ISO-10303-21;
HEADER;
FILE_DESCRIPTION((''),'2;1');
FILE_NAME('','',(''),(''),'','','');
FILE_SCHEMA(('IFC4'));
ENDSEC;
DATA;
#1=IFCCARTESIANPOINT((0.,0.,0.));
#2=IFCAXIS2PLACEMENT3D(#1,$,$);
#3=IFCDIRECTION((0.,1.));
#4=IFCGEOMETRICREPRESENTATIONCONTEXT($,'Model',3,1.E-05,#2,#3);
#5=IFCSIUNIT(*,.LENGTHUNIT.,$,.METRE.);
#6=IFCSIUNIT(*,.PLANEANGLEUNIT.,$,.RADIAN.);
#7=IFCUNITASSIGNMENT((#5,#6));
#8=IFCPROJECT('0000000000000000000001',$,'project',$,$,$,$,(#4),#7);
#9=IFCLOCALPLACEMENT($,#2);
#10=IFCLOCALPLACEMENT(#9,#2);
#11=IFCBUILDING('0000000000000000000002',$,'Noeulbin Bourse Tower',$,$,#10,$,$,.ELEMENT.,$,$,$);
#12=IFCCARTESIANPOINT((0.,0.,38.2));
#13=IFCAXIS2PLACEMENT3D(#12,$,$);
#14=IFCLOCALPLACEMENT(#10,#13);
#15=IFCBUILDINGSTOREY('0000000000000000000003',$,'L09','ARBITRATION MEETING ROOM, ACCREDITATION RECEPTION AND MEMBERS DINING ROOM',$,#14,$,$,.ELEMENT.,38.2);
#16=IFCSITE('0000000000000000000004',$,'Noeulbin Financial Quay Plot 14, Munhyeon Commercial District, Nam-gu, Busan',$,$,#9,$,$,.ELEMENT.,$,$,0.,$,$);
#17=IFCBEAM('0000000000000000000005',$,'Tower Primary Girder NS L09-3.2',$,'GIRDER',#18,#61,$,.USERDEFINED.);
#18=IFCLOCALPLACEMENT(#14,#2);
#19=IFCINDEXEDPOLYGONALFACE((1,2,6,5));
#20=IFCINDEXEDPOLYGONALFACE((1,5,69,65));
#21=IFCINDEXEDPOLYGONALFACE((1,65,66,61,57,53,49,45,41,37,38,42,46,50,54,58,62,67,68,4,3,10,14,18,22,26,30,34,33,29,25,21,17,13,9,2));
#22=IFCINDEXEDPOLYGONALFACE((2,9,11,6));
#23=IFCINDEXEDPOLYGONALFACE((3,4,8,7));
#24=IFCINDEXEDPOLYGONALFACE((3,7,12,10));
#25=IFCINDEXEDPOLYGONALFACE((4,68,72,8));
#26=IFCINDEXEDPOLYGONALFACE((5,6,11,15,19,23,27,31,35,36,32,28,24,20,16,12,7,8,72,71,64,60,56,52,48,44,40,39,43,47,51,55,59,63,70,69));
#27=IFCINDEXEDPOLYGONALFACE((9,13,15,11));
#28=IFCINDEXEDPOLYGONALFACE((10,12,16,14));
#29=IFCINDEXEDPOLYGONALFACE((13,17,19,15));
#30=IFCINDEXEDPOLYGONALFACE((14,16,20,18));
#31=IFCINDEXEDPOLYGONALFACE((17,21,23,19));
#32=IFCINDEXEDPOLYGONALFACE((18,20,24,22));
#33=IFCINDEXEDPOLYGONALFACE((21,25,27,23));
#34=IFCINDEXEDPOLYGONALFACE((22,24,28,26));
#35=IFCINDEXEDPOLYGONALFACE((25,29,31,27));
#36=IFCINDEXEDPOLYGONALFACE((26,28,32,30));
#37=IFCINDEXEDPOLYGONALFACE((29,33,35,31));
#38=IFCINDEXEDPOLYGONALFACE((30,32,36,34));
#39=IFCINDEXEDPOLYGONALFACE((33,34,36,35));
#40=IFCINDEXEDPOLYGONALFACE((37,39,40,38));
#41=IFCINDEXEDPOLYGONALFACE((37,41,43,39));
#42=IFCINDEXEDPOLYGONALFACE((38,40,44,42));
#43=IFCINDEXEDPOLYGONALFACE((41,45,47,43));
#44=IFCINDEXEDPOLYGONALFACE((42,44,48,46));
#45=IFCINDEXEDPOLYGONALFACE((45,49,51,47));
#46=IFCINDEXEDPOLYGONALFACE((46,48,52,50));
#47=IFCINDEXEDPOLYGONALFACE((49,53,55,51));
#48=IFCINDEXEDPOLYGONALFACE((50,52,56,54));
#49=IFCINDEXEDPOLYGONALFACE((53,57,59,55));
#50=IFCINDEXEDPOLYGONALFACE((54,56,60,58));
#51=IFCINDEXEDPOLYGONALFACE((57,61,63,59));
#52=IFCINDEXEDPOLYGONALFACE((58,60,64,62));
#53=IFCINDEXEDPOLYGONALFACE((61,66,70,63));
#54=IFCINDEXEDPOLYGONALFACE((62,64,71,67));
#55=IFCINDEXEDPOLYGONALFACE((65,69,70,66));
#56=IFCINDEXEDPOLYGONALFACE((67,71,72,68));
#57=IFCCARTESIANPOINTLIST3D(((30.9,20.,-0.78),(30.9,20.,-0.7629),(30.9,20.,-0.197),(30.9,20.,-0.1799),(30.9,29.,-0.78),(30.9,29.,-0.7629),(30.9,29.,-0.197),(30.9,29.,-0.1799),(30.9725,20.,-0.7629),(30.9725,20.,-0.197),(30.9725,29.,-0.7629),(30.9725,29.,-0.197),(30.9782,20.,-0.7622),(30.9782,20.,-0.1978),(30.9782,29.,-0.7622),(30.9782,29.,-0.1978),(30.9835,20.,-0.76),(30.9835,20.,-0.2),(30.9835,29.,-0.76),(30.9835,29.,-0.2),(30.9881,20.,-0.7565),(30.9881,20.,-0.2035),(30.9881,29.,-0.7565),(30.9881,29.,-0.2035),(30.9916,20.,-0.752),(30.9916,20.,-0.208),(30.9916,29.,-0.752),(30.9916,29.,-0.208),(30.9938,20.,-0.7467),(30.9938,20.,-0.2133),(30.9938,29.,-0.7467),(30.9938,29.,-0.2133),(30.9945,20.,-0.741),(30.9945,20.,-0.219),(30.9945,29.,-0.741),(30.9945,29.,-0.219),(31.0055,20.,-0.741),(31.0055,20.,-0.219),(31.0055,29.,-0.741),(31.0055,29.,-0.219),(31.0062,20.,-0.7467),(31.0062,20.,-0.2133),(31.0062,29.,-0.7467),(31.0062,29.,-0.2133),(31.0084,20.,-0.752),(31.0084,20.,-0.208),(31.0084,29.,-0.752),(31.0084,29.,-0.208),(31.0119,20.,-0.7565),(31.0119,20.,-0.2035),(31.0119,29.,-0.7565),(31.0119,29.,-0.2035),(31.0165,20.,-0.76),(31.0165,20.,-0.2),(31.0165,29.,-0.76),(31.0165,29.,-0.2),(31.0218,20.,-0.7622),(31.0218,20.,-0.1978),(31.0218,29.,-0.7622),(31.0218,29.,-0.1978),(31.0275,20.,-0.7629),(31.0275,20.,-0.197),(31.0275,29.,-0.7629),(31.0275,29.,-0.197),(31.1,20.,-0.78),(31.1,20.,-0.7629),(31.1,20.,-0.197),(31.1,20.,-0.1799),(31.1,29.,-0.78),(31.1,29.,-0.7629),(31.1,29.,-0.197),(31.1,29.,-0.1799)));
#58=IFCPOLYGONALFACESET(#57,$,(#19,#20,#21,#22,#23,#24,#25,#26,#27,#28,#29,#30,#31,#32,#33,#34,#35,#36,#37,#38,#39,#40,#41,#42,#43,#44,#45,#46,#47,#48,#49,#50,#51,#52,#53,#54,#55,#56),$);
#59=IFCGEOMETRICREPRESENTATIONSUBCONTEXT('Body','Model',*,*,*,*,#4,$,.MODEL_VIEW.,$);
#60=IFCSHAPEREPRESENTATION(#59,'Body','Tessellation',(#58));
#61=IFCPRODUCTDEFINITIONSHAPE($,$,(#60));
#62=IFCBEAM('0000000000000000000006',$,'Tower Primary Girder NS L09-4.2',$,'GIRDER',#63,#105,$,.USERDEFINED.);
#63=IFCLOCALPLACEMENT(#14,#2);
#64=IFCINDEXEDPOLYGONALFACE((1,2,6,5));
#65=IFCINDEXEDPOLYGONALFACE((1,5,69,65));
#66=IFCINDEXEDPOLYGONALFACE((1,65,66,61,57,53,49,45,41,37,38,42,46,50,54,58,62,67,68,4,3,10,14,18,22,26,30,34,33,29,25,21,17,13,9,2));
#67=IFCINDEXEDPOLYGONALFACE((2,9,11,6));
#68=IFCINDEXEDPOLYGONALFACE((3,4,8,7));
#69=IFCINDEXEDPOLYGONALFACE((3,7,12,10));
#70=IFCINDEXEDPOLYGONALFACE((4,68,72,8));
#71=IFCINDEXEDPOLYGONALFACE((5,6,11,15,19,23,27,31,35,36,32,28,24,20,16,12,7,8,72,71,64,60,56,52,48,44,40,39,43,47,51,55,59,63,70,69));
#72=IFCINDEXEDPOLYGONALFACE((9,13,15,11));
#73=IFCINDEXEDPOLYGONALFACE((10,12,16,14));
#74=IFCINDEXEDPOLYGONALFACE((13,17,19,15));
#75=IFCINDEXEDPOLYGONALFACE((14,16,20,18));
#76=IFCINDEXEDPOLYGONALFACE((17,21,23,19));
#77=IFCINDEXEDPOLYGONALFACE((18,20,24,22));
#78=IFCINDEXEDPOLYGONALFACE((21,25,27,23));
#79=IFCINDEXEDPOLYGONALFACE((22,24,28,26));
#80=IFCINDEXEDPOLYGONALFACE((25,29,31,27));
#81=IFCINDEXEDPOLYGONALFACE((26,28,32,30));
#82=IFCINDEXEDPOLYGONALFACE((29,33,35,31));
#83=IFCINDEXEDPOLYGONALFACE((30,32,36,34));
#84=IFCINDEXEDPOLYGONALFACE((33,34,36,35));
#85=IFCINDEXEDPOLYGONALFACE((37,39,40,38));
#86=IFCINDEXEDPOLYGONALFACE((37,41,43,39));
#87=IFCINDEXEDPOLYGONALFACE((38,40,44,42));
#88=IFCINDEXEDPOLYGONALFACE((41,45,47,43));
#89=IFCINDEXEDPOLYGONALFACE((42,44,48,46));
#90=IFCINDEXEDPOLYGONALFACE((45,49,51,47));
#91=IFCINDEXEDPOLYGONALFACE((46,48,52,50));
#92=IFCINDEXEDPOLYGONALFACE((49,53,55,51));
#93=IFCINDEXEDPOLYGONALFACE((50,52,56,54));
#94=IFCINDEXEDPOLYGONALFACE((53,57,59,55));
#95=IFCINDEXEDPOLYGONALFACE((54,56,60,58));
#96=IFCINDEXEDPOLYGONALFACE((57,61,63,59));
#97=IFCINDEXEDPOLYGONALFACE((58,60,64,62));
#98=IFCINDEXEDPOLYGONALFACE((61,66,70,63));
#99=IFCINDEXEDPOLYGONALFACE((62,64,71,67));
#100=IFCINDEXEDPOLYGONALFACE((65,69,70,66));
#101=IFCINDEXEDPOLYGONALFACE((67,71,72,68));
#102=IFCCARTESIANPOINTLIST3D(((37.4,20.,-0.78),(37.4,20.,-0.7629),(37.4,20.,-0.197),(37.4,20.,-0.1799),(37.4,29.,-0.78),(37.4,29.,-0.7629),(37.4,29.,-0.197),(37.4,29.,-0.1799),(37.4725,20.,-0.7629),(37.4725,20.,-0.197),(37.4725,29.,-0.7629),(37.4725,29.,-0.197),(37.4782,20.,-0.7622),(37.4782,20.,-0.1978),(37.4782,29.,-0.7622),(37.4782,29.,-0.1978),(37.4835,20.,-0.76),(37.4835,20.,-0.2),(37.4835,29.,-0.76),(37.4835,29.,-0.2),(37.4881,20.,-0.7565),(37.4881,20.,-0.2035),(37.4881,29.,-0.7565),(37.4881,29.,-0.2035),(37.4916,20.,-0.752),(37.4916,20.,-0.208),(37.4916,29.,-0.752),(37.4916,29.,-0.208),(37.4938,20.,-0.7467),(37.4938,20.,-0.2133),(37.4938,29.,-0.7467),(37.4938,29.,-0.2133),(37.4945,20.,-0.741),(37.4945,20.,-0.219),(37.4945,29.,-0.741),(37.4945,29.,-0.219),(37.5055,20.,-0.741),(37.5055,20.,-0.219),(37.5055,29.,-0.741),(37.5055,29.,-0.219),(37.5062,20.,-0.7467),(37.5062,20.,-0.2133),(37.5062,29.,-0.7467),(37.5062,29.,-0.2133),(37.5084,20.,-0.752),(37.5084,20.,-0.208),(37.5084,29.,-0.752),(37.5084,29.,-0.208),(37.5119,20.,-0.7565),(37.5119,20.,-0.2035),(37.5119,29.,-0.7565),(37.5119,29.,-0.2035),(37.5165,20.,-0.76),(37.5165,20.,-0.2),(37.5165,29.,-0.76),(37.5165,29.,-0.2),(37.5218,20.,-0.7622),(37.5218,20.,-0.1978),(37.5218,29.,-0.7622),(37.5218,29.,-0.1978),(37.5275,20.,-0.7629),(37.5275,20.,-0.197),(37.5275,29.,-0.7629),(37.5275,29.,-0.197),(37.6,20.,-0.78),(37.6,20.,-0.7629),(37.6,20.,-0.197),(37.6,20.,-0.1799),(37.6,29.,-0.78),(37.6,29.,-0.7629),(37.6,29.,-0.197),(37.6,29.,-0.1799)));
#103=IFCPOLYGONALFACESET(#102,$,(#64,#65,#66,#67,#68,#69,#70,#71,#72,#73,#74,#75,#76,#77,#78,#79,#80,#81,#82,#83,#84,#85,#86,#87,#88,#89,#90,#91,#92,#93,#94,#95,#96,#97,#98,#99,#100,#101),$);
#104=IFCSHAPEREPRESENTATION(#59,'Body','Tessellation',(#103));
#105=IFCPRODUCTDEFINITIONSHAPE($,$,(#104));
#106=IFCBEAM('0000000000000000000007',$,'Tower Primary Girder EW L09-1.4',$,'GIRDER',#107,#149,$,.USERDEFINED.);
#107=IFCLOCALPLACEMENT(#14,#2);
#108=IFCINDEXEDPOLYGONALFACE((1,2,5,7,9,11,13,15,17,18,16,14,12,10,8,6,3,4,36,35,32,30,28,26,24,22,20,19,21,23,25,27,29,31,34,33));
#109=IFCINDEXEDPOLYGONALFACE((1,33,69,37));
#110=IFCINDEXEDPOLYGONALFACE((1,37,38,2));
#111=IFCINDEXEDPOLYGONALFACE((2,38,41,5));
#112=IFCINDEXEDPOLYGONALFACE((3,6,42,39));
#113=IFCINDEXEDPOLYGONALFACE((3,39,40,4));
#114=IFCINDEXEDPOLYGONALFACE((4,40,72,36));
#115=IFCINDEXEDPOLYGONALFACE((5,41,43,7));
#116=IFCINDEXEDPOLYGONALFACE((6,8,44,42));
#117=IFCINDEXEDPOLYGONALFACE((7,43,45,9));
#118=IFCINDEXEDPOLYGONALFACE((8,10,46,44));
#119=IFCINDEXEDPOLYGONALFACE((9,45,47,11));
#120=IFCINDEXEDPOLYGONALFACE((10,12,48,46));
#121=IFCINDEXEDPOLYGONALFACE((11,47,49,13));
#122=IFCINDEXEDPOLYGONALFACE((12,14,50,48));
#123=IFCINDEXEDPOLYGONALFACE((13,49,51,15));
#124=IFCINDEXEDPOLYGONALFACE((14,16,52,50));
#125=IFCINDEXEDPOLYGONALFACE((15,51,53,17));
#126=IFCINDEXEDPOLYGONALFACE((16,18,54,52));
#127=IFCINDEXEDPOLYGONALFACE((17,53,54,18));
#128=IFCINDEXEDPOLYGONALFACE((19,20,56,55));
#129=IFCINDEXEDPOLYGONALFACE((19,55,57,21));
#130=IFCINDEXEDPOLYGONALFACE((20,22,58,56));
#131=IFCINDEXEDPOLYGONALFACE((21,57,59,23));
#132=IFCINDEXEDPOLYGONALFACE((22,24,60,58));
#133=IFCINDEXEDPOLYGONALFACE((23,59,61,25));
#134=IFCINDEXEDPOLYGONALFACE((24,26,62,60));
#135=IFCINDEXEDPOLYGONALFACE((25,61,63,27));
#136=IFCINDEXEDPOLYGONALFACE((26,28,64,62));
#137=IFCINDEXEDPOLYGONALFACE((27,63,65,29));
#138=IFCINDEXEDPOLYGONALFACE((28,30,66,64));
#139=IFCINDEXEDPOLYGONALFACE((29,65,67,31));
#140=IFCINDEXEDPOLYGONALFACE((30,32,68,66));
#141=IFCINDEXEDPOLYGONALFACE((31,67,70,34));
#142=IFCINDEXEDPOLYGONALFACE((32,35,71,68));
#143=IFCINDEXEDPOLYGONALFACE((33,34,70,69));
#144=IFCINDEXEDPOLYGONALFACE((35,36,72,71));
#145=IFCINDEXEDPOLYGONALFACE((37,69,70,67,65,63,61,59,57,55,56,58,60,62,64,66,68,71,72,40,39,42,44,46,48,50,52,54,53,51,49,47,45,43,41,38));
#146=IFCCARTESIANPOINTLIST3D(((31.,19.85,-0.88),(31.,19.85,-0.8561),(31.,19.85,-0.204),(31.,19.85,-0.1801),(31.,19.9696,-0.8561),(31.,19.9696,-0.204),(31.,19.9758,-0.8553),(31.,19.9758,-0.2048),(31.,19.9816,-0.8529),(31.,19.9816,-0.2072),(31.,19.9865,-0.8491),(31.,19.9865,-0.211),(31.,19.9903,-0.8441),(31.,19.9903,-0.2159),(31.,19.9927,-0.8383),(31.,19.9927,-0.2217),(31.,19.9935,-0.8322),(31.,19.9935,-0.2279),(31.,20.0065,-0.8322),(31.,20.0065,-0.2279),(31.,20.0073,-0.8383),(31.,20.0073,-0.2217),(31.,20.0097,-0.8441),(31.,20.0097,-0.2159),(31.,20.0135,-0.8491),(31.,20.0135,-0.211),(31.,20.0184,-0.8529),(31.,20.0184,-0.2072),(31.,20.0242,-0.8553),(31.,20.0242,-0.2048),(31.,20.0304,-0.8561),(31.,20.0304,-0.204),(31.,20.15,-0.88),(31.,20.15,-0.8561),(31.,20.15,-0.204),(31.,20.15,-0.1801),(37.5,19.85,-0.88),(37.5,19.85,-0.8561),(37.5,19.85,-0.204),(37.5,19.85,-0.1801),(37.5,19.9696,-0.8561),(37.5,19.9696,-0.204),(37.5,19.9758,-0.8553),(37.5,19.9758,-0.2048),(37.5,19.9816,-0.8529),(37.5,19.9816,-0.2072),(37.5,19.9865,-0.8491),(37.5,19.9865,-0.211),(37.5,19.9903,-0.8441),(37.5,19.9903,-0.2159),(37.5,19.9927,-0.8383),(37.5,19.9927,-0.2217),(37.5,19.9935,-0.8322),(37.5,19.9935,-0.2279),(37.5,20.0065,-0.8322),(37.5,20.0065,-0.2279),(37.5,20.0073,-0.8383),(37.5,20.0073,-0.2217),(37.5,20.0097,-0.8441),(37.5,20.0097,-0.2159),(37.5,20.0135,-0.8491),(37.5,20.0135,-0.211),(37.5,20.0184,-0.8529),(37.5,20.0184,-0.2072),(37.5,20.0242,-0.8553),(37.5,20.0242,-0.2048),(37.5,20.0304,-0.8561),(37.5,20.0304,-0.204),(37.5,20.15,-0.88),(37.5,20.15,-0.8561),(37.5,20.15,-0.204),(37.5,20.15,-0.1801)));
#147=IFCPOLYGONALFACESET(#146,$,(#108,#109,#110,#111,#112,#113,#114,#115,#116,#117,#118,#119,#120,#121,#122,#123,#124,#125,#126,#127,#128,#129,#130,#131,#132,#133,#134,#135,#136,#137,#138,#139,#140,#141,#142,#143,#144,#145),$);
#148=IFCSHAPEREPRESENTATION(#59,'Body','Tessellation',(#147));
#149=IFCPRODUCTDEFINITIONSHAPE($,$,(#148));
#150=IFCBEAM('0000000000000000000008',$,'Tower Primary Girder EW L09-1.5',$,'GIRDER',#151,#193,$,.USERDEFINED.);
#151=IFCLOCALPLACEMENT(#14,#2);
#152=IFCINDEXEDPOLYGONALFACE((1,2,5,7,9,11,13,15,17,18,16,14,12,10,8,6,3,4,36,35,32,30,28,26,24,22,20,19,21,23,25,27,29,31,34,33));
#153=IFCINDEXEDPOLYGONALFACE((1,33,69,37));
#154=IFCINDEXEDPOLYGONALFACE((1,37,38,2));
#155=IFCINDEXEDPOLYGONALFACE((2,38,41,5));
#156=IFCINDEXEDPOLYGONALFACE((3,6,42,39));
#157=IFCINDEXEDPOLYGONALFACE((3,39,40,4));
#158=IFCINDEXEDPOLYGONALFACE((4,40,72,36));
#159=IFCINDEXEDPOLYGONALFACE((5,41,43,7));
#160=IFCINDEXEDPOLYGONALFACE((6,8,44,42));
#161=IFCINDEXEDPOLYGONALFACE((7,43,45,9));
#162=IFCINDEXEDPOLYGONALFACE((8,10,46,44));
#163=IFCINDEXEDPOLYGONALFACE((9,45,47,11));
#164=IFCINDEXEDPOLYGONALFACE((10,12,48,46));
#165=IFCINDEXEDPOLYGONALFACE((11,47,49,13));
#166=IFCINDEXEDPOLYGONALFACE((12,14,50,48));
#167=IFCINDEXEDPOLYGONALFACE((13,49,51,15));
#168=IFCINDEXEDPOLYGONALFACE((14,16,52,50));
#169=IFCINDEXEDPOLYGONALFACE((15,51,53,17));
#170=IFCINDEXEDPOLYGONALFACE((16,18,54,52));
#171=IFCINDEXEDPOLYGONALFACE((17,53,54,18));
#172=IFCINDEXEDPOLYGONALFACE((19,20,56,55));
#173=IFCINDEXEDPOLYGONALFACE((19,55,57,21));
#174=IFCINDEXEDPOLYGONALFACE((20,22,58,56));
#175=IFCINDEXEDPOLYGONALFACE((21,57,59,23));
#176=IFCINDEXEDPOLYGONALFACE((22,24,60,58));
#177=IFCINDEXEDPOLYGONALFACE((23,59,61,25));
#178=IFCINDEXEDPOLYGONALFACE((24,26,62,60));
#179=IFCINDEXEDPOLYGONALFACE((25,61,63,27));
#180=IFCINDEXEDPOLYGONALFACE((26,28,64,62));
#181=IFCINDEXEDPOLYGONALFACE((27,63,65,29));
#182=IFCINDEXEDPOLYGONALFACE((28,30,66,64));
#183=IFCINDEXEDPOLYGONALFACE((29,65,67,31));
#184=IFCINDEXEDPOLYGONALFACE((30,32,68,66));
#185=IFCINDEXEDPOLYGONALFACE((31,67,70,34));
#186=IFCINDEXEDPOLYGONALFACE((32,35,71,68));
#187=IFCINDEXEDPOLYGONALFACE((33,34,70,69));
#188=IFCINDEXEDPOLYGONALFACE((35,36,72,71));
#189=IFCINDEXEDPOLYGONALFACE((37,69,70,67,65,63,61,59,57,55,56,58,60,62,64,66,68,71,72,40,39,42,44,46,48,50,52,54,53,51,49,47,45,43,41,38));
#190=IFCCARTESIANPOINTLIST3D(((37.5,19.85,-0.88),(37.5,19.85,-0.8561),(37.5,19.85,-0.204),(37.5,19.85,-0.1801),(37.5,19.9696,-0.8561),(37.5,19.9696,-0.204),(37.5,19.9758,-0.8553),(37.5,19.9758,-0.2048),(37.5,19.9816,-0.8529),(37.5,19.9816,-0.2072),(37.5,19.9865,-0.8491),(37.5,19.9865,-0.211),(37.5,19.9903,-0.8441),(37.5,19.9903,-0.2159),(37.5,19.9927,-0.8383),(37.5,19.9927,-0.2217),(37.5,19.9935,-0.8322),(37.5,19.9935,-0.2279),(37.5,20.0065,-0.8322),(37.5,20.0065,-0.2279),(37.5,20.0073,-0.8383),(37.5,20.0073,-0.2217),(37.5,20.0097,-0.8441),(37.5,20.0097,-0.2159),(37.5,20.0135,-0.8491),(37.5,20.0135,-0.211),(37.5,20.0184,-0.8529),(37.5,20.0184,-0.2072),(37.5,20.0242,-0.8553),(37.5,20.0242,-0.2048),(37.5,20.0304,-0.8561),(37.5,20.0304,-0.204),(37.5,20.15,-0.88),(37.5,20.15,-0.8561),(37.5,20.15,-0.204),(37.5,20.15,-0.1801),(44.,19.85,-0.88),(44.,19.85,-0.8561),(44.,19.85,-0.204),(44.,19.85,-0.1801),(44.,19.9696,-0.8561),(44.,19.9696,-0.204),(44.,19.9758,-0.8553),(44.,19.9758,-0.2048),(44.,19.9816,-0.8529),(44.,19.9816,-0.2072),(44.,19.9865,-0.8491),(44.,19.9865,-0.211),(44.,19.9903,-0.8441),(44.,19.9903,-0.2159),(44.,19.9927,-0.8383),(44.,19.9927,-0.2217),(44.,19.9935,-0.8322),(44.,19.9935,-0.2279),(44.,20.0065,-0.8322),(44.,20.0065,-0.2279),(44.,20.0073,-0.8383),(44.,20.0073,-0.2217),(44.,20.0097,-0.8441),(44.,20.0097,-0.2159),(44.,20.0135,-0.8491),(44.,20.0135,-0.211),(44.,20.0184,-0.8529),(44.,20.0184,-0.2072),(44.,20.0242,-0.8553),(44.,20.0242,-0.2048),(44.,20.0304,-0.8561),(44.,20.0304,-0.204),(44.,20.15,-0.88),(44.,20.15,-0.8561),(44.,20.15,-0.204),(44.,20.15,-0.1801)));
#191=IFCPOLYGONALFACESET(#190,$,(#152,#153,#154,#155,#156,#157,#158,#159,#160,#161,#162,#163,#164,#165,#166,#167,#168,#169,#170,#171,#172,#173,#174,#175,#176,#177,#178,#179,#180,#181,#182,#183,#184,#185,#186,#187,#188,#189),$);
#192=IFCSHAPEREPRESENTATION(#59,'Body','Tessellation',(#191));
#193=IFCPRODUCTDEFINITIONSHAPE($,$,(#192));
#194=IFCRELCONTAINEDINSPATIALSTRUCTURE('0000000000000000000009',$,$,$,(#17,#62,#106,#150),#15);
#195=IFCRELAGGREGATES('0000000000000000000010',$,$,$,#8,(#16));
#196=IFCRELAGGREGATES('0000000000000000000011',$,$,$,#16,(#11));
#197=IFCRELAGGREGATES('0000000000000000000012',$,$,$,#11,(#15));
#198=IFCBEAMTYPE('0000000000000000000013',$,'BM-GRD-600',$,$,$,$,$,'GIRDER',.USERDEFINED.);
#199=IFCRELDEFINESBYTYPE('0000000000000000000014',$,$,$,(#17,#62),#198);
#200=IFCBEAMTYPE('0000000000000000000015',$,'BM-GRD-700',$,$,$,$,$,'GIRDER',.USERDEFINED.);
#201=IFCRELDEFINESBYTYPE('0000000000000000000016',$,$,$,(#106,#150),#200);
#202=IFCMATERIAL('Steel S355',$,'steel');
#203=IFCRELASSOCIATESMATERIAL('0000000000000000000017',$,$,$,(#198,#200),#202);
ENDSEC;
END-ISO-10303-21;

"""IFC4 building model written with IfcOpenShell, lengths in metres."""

from ifc_helpers import new_model, si_unit, direction, frame, origin, origin_2d, place, context, subcontext, project, spatial, i_section, extrude, material, material_profile, profile_set, type_object, element, save


model = new_model("IFC4")

# Units and contexts
model_context = context("Model", 3, precision=1e-05, world=origin(), true_north=direction((0.0, 1.0)))
body_context = subcontext(model_context, "Body", "Model", "MODEL_VIEW")
ifc_project = project(units=[si_unit("LENGTHUNIT", "METRE"), si_unit("PLANEANGLEUNIT", "RADIAN")], contexts=[model_context])

# Site, building, storey
site_placement = place(None, origin())
site = spatial("IfcSite", under=ifc_project, at=site_placement, Name="Noeulbin Financial Quay Plot 14, Munhyeon Commercial District, Nam-gu, Busan", CompositionType="ELEMENT", RefElevation=0.0)
building_placement = place(site_placement, origin())
building = spatial("IfcBuilding", under=site, at=building_placement, Name="Noeulbin Bourse Tower", CompositionType="ELEMENT")
storey_placement = place(building_placement, frame((0.0, 0.0, 38.2)))
storey = spatial("IfcBuildingStorey", under=building, at=storey_placement, Name="L09", Description="ARBITRATION MEETING ROOM, ACCREDITATION RECEPTION AND MEMBERS DINING ROOM", CompositionType="ELEMENT", Elevation=38.2)

# Beams
ifc_material_1 = material(Name="Steel S355", Category="steel")
ifc_material_profile_1 = material_profile(ifc_material_1, i_section(OverallWidth=0.2, OverallDepth=0.6001, WebThickness=0.011, FlangeThickness=0.0171, FilletRadius=0.022, at=origin_2d()), Name="H-600x200x11x17", Category="LoadBearing")
ifc_profile_set_1 = profile_set([ifc_material_profile_1], Name="Steel S355")
beam_type_1 = type_object("IfcBeamType", Name="BM-GRD-600", ElementType="GIRDER", PredefinedType="USERDEFINED", material=ifc_profile_set_1)
for number, where, z_axis, x_axis, name in (
    (1, (31.0, 20.0, -0.48), (0.0, 1.0, 0.0), (-1.0, 0.0, 0.0), "Tower Primary Girder NS L09-3.2"),
    (2, (37.5, 20.0, -0.48), (0.0, 1.0, 0.0), (-1.0, 0.0, 0.0), "Tower Primary Girder NS L09-4.2"),
):
    element("IfcBeam", number, at=place(storey_placement, frame(where, z_axis=z_axis, x_axis=x_axis)), inside=storey, type_object=beam_type_1, Name=name, ObjectType="GIRDER", PredefinedType="USERDEFINED", context=body_context, shape_type="SweptSolid", body=[
        extrude(i_section(OverallWidth=0.2, OverallDepth=0.6001, WebThickness=0.011, FlangeThickness=0.0171, FilletRadius=0.022, at=origin_2d()), origin(), (0.0, 0.0, 1.0), 9.0),
    ])
ifc_material_profile_2 = material_profile(ifc_material_1, i_section(OverallWidth=0.3, OverallDepth=0.7, WebThickness=0.0129, FlangeThickness=0.0239, FilletRadius=0.0239, at=origin_2d()), Name="H-700x300x13x24", Category="LoadBearing")
ifc_profile_set_2 = profile_set([ifc_material_profile_2], Name="Steel S355")
beam_type_2 = type_object("IfcBeamType", Name="BM-GRD-700", ElementType="GIRDER", PredefinedType="USERDEFINED", material=ifc_profile_set_2)
for number, where, z_axis, x_axis, name in (
    (3, (31.0, 20.0, -0.53), (1.0, 0.0, 0.0), (0.0, 1.0, 0.0), "Tower Primary Girder EW L09-1.4"),
    (4, (37.5, 20.0, -0.53), (1.0, 0.0, 0.0), (0.0, 1.0, 0.0), "Tower Primary Girder EW L09-1.5"),
):
    element("IfcBeam", number, at=place(storey_placement, frame(where, z_axis=z_axis, x_axis=x_axis)), inside=storey, type_object=beam_type_2, Name=name, ObjectType="GIRDER", PredefinedType="USERDEFINED", context=body_context, shape_type="SweptSolid", body=[
        extrude(i_section(OverallWidth=0.3, OverallDepth=0.7, WebThickness=0.0129, FlangeThickness=0.0239, FilletRadius=0.0239, at=origin_2d()), origin(), (0.0, 0.0, 1.0), 6.5),
    ])

save(model, "model.ifc")
